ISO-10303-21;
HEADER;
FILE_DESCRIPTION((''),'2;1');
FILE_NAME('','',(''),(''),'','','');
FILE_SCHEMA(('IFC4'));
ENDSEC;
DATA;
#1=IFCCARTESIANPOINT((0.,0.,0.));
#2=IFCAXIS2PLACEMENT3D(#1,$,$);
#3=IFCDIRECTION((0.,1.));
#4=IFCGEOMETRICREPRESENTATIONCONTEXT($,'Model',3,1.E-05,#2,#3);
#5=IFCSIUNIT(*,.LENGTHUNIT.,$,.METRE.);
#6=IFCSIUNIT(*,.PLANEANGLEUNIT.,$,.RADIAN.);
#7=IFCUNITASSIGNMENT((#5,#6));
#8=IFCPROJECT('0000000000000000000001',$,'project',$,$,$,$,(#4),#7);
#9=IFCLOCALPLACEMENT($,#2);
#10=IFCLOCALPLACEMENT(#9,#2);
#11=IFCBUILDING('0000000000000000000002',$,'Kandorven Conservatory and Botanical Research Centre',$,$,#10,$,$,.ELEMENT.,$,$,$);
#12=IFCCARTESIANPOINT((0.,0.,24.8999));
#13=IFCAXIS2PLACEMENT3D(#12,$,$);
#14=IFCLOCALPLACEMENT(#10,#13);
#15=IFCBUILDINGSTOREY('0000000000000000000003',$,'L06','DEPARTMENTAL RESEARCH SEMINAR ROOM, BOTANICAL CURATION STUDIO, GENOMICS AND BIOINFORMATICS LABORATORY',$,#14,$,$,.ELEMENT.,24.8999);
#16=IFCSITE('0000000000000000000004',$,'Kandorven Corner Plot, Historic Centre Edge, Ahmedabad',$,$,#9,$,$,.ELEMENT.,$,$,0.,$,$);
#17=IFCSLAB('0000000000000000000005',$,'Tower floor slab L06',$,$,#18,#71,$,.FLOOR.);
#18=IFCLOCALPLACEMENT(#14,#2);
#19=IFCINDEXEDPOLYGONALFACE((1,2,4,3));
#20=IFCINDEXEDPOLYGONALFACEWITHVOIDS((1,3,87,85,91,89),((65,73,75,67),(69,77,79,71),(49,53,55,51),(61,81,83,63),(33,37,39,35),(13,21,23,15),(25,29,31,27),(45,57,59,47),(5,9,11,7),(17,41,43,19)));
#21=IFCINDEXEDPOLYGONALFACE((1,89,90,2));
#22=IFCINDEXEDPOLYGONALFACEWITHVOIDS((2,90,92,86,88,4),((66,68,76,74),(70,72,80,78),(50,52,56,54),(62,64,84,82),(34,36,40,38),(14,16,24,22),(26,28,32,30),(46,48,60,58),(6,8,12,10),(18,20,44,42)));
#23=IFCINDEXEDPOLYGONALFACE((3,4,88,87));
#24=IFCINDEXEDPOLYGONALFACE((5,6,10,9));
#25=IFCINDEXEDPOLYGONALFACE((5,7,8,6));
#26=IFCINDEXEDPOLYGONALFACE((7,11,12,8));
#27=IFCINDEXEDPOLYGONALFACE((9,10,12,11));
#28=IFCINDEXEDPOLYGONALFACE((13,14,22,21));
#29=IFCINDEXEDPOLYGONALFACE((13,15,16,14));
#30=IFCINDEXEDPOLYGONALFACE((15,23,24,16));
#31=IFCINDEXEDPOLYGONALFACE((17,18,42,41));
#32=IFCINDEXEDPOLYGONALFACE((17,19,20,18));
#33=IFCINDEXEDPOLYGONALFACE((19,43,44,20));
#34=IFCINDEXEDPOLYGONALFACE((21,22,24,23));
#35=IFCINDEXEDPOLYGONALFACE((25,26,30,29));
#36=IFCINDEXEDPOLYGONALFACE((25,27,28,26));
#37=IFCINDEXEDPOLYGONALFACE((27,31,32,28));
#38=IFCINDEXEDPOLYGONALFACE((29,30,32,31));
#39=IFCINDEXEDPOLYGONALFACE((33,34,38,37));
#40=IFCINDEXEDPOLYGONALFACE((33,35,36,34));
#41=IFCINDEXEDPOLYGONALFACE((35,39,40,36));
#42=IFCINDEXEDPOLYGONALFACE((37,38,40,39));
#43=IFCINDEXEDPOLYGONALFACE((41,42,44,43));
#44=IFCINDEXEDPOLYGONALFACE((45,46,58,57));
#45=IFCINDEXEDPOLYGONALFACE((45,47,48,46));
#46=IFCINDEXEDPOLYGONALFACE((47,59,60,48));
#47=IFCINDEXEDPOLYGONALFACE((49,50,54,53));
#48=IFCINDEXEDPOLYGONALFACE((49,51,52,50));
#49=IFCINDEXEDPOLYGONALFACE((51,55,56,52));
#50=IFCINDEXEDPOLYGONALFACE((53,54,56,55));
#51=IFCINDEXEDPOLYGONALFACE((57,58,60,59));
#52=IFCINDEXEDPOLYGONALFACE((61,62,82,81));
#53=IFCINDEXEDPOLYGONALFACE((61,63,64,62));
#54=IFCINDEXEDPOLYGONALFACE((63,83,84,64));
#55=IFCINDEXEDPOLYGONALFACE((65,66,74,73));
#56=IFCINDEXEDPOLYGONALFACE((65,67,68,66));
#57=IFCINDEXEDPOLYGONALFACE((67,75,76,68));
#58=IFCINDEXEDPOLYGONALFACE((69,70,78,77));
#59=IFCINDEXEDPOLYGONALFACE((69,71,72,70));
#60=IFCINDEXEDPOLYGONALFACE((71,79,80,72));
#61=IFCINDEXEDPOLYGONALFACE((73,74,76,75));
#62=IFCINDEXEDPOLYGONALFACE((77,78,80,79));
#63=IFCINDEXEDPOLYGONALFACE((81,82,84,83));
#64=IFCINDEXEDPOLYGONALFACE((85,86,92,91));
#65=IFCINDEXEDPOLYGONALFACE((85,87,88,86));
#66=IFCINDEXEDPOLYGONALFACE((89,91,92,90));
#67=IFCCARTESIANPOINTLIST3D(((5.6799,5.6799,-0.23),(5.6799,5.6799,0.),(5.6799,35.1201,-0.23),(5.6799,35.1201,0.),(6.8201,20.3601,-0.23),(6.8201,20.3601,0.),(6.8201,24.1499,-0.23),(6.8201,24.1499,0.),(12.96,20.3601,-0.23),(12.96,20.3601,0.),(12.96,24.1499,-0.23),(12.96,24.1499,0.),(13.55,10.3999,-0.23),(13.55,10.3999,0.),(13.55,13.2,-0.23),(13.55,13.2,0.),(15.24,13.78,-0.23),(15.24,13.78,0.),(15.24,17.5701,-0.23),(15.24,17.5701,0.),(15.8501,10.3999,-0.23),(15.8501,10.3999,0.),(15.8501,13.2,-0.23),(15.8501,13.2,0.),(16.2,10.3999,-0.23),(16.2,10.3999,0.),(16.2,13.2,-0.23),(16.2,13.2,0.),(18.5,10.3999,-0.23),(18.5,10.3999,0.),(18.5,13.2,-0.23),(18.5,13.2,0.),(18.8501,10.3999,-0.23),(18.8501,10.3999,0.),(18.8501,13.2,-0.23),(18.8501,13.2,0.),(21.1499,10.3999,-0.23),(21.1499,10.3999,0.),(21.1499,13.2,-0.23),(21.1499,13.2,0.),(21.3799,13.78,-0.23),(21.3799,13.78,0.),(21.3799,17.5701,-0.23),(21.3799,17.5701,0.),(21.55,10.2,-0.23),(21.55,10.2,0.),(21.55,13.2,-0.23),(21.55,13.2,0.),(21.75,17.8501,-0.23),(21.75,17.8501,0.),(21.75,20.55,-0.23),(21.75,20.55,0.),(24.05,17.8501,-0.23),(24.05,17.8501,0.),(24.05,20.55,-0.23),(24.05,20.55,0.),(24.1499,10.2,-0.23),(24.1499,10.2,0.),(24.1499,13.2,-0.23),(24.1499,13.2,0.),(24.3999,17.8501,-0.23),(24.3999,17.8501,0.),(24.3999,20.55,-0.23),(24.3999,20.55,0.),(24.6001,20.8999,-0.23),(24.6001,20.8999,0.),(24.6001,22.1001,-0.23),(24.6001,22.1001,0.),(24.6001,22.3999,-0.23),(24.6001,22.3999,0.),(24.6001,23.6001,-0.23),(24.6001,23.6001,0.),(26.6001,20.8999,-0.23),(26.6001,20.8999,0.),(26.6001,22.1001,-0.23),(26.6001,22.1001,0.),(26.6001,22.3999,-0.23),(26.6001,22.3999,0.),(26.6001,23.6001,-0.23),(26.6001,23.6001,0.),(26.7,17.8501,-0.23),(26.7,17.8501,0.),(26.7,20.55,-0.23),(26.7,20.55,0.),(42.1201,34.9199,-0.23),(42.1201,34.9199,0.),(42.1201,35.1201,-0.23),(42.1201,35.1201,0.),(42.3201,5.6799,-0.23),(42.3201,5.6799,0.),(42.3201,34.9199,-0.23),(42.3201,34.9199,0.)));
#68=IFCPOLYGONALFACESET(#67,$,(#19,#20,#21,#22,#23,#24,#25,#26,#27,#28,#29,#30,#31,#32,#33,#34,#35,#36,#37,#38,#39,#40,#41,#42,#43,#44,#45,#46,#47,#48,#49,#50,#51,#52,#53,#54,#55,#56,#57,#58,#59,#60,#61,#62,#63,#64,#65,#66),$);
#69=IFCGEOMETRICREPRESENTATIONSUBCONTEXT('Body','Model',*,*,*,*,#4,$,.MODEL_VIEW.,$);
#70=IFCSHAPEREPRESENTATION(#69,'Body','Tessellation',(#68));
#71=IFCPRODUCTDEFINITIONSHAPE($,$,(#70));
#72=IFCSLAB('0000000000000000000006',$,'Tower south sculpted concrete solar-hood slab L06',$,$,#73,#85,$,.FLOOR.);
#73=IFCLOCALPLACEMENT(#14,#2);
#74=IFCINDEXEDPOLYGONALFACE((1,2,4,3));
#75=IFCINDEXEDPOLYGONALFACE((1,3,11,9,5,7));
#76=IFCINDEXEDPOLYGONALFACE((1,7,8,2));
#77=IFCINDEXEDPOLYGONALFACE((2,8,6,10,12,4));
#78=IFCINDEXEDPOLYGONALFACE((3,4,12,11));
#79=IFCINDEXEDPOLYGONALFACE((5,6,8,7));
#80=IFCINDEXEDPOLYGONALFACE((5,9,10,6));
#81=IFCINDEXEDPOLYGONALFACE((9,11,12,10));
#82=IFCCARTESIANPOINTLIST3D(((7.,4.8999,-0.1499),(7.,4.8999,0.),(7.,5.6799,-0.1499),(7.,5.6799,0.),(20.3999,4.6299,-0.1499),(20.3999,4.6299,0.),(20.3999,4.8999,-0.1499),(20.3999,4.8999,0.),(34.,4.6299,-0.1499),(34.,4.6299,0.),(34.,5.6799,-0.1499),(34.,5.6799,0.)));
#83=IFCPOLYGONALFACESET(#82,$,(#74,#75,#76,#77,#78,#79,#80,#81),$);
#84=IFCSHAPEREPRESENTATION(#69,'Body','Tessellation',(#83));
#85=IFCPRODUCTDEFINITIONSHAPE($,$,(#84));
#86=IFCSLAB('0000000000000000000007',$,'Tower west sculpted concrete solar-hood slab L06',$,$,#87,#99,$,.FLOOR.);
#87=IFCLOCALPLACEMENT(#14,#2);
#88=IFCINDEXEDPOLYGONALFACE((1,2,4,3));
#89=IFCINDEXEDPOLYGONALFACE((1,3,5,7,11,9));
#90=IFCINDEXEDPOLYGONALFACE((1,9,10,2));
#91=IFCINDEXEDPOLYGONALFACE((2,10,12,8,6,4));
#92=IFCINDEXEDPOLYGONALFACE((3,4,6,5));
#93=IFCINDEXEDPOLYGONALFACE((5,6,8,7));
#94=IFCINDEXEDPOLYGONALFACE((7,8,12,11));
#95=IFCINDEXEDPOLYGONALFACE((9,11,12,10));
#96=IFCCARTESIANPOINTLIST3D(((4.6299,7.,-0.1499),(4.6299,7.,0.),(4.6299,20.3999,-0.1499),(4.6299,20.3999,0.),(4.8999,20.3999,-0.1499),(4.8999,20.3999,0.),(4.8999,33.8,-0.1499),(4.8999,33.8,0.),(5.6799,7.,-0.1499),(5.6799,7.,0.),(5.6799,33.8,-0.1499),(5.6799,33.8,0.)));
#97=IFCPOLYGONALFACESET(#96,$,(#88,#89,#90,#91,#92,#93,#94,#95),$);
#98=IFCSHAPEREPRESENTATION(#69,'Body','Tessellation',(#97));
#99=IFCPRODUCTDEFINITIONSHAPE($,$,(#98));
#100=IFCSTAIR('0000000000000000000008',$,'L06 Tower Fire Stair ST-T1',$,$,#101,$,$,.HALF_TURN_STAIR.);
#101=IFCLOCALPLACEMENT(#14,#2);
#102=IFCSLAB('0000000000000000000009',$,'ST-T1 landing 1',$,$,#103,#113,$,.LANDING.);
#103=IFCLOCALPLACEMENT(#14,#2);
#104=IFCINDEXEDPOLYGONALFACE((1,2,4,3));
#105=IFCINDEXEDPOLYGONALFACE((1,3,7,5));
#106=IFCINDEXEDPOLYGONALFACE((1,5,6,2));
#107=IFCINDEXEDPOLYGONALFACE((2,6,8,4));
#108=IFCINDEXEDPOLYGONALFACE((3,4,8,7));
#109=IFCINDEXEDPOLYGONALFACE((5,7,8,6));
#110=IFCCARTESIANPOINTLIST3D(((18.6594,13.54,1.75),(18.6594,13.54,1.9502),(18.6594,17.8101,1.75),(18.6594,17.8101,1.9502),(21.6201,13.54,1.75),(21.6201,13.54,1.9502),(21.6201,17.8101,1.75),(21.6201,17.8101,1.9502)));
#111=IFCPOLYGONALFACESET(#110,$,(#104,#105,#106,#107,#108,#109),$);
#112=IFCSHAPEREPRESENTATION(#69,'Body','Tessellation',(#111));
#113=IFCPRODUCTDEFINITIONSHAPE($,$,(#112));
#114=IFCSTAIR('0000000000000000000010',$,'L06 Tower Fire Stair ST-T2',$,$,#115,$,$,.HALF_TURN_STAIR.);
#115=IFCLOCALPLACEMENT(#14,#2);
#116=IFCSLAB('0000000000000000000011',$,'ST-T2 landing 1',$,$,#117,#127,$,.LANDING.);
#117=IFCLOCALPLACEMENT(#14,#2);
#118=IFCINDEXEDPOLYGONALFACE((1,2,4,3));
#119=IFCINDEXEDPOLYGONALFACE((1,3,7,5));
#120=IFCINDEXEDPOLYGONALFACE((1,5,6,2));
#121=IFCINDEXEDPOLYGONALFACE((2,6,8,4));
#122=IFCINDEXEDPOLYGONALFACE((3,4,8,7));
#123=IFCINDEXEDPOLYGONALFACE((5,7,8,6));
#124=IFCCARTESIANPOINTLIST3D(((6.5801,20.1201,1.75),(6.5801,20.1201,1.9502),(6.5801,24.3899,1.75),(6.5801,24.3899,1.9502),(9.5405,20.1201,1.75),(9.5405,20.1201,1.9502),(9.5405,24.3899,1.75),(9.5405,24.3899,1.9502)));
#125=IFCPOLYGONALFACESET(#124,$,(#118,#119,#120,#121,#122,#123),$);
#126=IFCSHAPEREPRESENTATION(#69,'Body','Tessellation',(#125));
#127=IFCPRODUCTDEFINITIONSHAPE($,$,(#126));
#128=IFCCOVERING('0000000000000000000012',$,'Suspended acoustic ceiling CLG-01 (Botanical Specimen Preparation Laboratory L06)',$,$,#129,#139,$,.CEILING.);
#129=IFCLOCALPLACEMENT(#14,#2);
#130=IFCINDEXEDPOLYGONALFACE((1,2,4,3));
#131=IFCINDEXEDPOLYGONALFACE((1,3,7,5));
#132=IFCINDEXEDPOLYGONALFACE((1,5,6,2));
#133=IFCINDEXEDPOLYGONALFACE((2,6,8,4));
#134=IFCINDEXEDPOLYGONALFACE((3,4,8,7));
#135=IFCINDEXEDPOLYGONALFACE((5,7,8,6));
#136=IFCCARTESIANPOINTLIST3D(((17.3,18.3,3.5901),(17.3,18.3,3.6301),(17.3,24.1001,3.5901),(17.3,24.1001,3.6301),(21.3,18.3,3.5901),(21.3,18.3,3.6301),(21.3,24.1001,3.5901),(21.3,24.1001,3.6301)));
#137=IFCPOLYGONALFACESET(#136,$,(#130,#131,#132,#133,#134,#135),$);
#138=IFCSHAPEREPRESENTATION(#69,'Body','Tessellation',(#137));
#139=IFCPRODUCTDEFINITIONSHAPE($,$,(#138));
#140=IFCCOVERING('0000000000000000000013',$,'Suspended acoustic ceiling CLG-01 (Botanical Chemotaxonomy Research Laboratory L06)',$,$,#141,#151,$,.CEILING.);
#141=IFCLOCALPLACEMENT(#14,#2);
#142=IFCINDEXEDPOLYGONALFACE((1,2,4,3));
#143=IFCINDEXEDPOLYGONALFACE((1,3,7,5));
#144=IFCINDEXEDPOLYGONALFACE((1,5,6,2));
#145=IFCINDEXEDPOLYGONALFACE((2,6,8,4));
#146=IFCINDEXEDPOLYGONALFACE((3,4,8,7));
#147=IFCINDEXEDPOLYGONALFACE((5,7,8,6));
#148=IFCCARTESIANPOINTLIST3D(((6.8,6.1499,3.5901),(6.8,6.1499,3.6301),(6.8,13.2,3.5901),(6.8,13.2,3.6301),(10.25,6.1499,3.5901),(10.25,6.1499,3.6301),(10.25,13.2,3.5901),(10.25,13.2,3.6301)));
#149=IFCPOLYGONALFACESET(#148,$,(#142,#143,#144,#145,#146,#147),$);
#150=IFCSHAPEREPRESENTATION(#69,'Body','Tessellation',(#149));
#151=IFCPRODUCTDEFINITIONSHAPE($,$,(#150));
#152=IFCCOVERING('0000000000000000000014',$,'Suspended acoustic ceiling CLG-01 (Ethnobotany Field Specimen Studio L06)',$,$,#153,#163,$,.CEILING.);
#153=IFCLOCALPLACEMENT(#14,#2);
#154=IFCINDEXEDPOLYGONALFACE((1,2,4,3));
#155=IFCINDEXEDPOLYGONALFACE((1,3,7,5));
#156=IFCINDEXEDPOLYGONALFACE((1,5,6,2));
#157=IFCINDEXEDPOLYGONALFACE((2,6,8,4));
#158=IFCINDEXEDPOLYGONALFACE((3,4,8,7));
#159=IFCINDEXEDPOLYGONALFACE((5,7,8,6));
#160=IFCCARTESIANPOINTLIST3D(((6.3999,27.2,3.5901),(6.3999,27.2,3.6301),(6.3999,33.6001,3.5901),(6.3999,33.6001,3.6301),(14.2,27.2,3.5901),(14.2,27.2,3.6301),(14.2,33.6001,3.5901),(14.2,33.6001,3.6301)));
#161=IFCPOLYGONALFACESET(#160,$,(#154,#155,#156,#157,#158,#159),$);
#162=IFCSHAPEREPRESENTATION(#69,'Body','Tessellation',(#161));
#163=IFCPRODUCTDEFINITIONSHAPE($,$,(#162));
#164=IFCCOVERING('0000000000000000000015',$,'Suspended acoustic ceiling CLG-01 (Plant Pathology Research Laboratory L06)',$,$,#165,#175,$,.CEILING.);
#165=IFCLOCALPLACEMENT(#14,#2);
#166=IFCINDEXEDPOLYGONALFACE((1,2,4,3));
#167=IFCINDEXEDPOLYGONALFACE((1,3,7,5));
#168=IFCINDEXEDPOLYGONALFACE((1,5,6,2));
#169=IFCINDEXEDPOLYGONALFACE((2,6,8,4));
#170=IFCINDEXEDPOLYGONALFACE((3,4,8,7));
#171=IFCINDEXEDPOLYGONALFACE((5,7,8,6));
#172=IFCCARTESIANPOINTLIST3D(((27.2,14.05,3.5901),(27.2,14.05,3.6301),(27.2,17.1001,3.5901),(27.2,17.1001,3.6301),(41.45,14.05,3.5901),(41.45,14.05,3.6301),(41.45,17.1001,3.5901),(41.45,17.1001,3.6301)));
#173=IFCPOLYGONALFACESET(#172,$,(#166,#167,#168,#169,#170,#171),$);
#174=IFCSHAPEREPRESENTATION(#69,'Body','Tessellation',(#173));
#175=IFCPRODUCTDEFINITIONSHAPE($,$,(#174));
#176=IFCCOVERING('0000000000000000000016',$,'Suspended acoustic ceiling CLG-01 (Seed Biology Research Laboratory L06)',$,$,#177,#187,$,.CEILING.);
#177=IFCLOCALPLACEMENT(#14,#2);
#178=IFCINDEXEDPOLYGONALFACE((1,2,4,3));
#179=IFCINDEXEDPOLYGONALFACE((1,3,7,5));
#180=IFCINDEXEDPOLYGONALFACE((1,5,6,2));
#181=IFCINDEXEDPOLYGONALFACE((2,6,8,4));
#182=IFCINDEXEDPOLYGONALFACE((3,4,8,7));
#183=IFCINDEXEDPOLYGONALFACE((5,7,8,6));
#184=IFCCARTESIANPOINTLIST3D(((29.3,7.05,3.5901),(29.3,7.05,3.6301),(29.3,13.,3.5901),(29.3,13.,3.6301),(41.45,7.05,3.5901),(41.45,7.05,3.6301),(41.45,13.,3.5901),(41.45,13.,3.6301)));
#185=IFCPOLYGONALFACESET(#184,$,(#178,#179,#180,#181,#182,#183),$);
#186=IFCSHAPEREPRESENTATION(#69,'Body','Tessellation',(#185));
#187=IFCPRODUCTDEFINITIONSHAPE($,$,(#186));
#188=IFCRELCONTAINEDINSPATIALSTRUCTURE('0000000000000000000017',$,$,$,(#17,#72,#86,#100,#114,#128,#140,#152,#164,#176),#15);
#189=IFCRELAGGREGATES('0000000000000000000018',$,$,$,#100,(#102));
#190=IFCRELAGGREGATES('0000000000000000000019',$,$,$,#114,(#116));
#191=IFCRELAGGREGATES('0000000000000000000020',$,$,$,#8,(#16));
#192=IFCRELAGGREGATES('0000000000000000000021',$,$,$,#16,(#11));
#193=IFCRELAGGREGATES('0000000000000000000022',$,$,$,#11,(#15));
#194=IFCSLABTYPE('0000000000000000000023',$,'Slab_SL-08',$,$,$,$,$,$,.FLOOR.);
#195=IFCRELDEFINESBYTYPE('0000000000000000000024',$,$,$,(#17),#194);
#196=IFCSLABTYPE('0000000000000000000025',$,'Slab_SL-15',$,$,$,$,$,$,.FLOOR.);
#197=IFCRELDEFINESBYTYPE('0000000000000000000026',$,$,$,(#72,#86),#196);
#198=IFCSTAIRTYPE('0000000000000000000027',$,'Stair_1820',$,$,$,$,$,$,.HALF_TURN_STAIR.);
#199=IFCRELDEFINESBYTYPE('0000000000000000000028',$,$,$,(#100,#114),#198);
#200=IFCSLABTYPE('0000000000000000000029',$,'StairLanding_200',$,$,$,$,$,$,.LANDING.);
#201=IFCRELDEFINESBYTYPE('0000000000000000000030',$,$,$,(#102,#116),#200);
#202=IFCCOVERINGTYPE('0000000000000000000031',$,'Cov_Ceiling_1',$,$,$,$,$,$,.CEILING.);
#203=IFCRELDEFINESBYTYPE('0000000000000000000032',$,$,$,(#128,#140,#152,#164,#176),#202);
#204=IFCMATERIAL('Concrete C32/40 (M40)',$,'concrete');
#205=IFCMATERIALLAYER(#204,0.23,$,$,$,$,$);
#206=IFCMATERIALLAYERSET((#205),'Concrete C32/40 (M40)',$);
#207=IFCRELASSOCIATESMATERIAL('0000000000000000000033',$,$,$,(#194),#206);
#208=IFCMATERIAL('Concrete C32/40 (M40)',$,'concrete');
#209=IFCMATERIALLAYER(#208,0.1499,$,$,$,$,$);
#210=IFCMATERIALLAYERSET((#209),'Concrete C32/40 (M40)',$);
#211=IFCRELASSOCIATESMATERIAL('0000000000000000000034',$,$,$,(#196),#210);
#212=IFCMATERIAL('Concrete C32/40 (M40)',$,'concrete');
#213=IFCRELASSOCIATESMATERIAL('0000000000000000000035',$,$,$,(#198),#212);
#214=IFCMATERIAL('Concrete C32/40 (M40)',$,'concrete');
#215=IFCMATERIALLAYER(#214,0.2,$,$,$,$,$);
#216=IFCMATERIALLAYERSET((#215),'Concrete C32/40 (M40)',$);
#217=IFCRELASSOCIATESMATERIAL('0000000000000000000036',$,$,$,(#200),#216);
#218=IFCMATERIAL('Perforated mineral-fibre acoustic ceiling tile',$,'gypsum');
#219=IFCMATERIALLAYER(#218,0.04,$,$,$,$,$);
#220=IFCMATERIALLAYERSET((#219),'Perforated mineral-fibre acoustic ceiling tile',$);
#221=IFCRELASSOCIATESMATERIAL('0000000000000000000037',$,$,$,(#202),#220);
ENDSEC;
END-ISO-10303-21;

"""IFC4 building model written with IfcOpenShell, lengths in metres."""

from ifc_helpers import new_model, si_unit, direction, frame, origin, place, context, subcontext, project, spatial, polyline, outline, extrude, material, layer, layer_set, type_object, element, aggregate, save


model = new_model("IFC4")

# Units and contexts
model_context = context("Model", 3, precision=1e-05, world=origin(), true_north=direction((0.0, 1.0)))
body_context = subcontext(model_context, "Body", "Model", "MODEL_VIEW")
ifc_project = project(units=[si_unit("LENGTHUNIT", "METRE"), si_unit("PLANEANGLEUNIT", "RADIAN")], contexts=[model_context])

# Site, building, storey
site_placement = place(None, origin())
site = spatial("IfcSite", under=ifc_project, at=site_placement, Name="Kandorven Corner Plot, Historic Centre Edge, Ahmedabad", CompositionType="ELEMENT", RefElevation=0.0)
building_placement = place(site_placement, origin())
building = spatial("IfcBuilding", under=site, at=building_placement, Name="Kandorven Conservatory and Botanical Research Centre", CompositionType="ELEMENT")
storey_placement = place(building_placement, frame((0.0, 0.0, 24.8999)))
storey = spatial("IfcBuildingStorey", under=building, at=storey_placement, Name="L06", Description="DEPARTMENTAL RESEARCH SEMINAR ROOM, BOTANICAL CURATION STUDIO, GENOMICS AND BIOINFORMATICS LABORATORY", CompositionType="ELEMENT", Elevation=24.8999)

# Slabs
ifc_material_1 = material(Name="Concrete C32/40 (M40)", Category="concrete")
ifc_layer_1 = layer(ifc_material_1, 0.23)
ifc_layer_set_1 = layer_set([ifc_layer_1], Name="Concrete C32/40 (M40)")
slab_type_1 = type_object("IfcSlabType", Name="Slab_SL-08", PredefinedType="FLOOR", material=ifc_layer_set_1)
slab_1_placement = place(storey_placement, frame((0.0, 0.0, -0.23)))
element("IfcSlab", 1, at=slab_1_placement, inside=storey, type_object=slab_type_1, Name="Tower floor slab L06", PredefinedType="FLOOR", context=body_context, shape_type="SweptSolid", body=[
    extrude(outline(polyline([(5.6799, 5.6799), (42.3201, 5.6799), (42.3201, 34.9199), (42.1201, 34.9199), (42.1201, 35.1201), (5.6799, 35.1201), (5.6799, 5.6799)]), holes=[polyline([(15.24, 13.78), (21.3799, 13.78), (21.3799, 17.5701), (15.24, 17.5701), (15.24, 13.78)]), polyline([(12.96, 24.1499), (6.8201, 24.1499), (6.8201, 20.3601), (12.96, 20.3601), (12.96, 24.1499)]), polyline([(21.75, 17.8501), (24.05, 17.8501), (24.05, 20.55), (21.75, 20.55), (21.75, 17.8501)]), polyline([(24.3999, 17.8501), (26.7, 17.8501), (26.7, 20.55), (24.3999, 20.55), (24.3999, 17.8501)]), polyline([(13.55, 10.3999), (15.8501, 10.3999), (15.8501, 13.2), (13.55, 13.2), (13.55, 10.3999)]), polyline([(16.2, 10.3999), (18.5, 10.3999), (18.5, 13.2), (16.2, 13.2), (16.2, 10.3999)]), polyline([(18.8501, 10.3999), (21.1499, 10.3999), (21.1499, 13.2), (18.8501, 13.2), (18.8501, 10.3999)]), polyline([(21.55, 10.2), (24.1499, 10.2), (24.1499, 13.2), (21.55, 13.2), (21.55, 10.2)]), polyline([(24.6001, 20.8999), (26.6001, 20.8999), (26.6001, 22.1001), (24.6001, 22.1001), (24.6001, 20.8999)]), polyline([(24.6001, 22.3999), (26.6001, 22.3999), (26.6001, 23.6001), (24.6001, 23.6001), (24.6001, 22.3999)])]), origin(), (0.0, 0.0, 1.0), 0.23),
])
ifc_material_2 = material(Name="Concrete C32/40 (M40)", Category="concrete")
ifc_layer_2 = layer(ifc_material_2, 0.1499)
ifc_layer_set_2 = layer_set([ifc_layer_2], Name="Concrete C32/40 (M40)")
slab_type_2 = type_object("IfcSlabType", Name="Slab_SL-15", PredefinedType="FLOOR", material=ifc_layer_set_2)
slab_2_placement = place(storey_placement, frame((0.0, 0.0, -0.1499)))
element("IfcSlab", 2, at=slab_2_placement, inside=storey, type_object=slab_type_2, Name="Tower south sculpted concrete solar-hood slab L06", PredefinedType="FLOOR", context=body_context, shape_type="SweptSolid", body=[
    extrude(outline(polyline([(7.0, 5.6799), (34.0, 5.6799), (34.0, 4.6299), (20.3999, 4.6299), (20.3999, 4.8999), (7.0, 4.8999), (7.0, 5.6799)])), origin(), (0.0, 0.0, 1.0), 0.1499),
])
slab_3_placement = place(storey_placement, frame((0.0, 0.0, -0.1499)))
element("IfcSlab", 3, at=slab_3_placement, inside=storey, type_object=slab_type_2, Name="Tower west sculpted concrete solar-hood slab L06", PredefinedType="FLOOR", context=body_context, shape_type="SweptSolid", body=[
    extrude(outline(polyline([(4.6299, 7.0), (5.6799, 7.0), (5.6799, 33.8), (4.8999, 33.8), (4.8999, 20.3999), (4.6299, 20.3999), (4.6299, 7.0)])), origin(), (0.0, 0.0, 1.0), 0.1499),
])

# Stairs, slabs
ifc_material_3 = material(Name="Concrete C32/40 (M40)", Category="concrete")
stair_type = type_object("IfcStairType", Name="Stair_1820", PredefinedType="HALF_TURN_STAIR", material=ifc_material_3)
stair_1_placement = place(storey_placement, origin())
stair_1 = element("IfcStair", 4, at=stair_1_placement, inside=storey, type_object=stair_type, Name="L06 Tower Fire Stair ST-T1", PredefinedType="HALF_TURN_STAIR")
ifc_material_4 = material(Name="Concrete C32/40 (M40)", Category="concrete")
ifc_layer_3 = layer(ifc_material_4, 0.2)
ifc_layer_set_3 = layer_set([ifc_layer_3], Name="Concrete C32/40 (M40)")
slab_type_3 = type_object("IfcSlabType", Name="StairLanding_200", PredefinedType="LANDING", material=ifc_layer_set_3)
slab_4_placement = place(storey_placement, frame((0.0, 0.0, 1.75)))
slab_4 = element("IfcSlab", 5, at=slab_4_placement, type_object=slab_type_3, Name="ST-T1 landing 1", PredefinedType="LANDING", context=body_context, shape_type="SweptSolid", body=[
    extrude(outline(polyline([(18.6594, 13.54), (21.6201, 13.54), (21.6201, 17.8101), (18.6594, 17.8101), (18.6594, 13.54)])), origin(), (0.0, 0.0, 1.0), 0.2002),
])
aggregate(stair_1, [slab_4])
stair_2_placement = place(storey_placement, origin())
stair_2 = element("IfcStair", 6, at=stair_2_placement, inside=storey, type_object=stair_type, Name="L06 Tower Fire Stair ST-T2", PredefinedType="HALF_TURN_STAIR")
slab_5_placement = place(storey_placement, frame((0.0, 0.0, 1.75)))
slab_5 = element("IfcSlab", 7, at=slab_5_placement, type_object=slab_type_3, Name="ST-T2 landing 1", PredefinedType="LANDING", context=body_context, shape_type="SweptSolid", body=[
    extrude(outline(polyline([(9.5405, 24.3899), (6.5801, 24.3899), (6.5801, 20.1201), (9.5405, 20.1201), (9.5405, 24.3899)])), origin(), (0.0, 0.0, 1.0), 0.2002),
])
aggregate(stair_2, [slab_5])

# Coverings
ifc_material_5 = material(Name="Perforated mineral-fibre acoustic ceiling tile", Category="gypsum")
ifc_layer_4 = layer(ifc_material_5, 0.04)
ifc_layer_set_4 = layer_set([ifc_layer_4], Name="Perforated mineral-fibre acoustic ceiling tile")
covering_type_1 = type_object("IfcCoveringType", Name="Cov_Ceiling_1", PredefinedType="CEILING", material=ifc_layer_set_4)
covering_1_placement = place(storey_placement, frame((0.0, 0.0, 3.5901)))
element("IfcCovering", 8, at=covering_1_placement, inside=storey, type_object=covering_type_1, Name="Suspended acoustic ceiling CLG-01 (Botanical Specimen Preparation Laboratory L06)", PredefinedType="CEILING", context=body_context, shape_type="SweptSolid", body=[
    extrude(outline(polyline([(17.3, 18.3), (21.3, 18.3), (21.3, 24.1001), (17.3, 24.1001), (17.3, 18.3)])), origin(), (0.0, 0.0, 1.0), 0.04),
])
covering_2_placement = place(storey_placement, frame((0.0, 0.0, 3.5901)))
element("IfcCovering", 9, at=covering_2_placement, inside=storey, type_object=covering_type_1, Name="Suspended acoustic ceiling CLG-01 (Botanical Chemotaxonomy Research Laboratory L06)", PredefinedType="CEILING", context=body_context, shape_type="SweptSolid", body=[
    extrude(outline(polyline([(6.8, 6.1499), (10.25, 6.1499), (10.25, 13.2), (6.8, 13.2), (6.8, 6.1499)])), origin(), (0.0, 0.0, 1.0), 0.04),
])
covering_3_placement = place(storey_placement, frame((0.0, 0.0, 3.5901)))
element("IfcCovering", 10, at=covering_3_placement, inside=storey, type_object=covering_type_1, Name="Suspended acoustic ceiling CLG-01 (Ethnobotany Field Specimen Studio L06)", PredefinedType="CEILING", context=body_context, shape_type="SweptSolid", body=[
    extrude(outline(polyline([(6.3999, 27.2), (14.2, 27.2), (14.2, 33.6001), (6.3999, 33.6001), (6.3999, 27.2)])), origin(), (0.0, 0.0, 1.0), 0.04),
])
covering_4_placement = place(storey_placement, frame((0.0, 0.0, 3.5901)))
element("IfcCovering", 11, at=covering_4_placement, inside=storey, type_object=covering_type_1, Name="Suspended acoustic ceiling CLG-01 (Plant Pathology Research Laboratory L06)", PredefinedType="CEILING", context=body_context, shape_type="SweptSolid", body=[
    extrude(outline(polyline([(27.2, 14.05), (41.45, 14.05), (41.45, 17.1001), (27.2, 17.1001), (27.2, 14.05)])), origin(), (0.0, 0.0, 1.0), 0.04),
])
covering_5_placement = place(storey_placement, frame((0.0, 0.0, 3.5901)))
element("IfcCovering", 12, at=covering_5_placement, inside=storey, type_object=covering_type_1, Name="Suspended acoustic ceiling CLG-01 (Seed Biology Research Laboratory L06)", PredefinedType="CEILING", context=body_context, shape_type="SweptSolid", body=[
    extrude(outline(polyline([(29.3, 7.05), (41.45, 7.05), (41.45, 13.0), (29.3, 13.0), (29.3, 7.05)])), origin(), (0.0, 0.0, 1.0), 0.04),
])

save(model, "model.ifc")
